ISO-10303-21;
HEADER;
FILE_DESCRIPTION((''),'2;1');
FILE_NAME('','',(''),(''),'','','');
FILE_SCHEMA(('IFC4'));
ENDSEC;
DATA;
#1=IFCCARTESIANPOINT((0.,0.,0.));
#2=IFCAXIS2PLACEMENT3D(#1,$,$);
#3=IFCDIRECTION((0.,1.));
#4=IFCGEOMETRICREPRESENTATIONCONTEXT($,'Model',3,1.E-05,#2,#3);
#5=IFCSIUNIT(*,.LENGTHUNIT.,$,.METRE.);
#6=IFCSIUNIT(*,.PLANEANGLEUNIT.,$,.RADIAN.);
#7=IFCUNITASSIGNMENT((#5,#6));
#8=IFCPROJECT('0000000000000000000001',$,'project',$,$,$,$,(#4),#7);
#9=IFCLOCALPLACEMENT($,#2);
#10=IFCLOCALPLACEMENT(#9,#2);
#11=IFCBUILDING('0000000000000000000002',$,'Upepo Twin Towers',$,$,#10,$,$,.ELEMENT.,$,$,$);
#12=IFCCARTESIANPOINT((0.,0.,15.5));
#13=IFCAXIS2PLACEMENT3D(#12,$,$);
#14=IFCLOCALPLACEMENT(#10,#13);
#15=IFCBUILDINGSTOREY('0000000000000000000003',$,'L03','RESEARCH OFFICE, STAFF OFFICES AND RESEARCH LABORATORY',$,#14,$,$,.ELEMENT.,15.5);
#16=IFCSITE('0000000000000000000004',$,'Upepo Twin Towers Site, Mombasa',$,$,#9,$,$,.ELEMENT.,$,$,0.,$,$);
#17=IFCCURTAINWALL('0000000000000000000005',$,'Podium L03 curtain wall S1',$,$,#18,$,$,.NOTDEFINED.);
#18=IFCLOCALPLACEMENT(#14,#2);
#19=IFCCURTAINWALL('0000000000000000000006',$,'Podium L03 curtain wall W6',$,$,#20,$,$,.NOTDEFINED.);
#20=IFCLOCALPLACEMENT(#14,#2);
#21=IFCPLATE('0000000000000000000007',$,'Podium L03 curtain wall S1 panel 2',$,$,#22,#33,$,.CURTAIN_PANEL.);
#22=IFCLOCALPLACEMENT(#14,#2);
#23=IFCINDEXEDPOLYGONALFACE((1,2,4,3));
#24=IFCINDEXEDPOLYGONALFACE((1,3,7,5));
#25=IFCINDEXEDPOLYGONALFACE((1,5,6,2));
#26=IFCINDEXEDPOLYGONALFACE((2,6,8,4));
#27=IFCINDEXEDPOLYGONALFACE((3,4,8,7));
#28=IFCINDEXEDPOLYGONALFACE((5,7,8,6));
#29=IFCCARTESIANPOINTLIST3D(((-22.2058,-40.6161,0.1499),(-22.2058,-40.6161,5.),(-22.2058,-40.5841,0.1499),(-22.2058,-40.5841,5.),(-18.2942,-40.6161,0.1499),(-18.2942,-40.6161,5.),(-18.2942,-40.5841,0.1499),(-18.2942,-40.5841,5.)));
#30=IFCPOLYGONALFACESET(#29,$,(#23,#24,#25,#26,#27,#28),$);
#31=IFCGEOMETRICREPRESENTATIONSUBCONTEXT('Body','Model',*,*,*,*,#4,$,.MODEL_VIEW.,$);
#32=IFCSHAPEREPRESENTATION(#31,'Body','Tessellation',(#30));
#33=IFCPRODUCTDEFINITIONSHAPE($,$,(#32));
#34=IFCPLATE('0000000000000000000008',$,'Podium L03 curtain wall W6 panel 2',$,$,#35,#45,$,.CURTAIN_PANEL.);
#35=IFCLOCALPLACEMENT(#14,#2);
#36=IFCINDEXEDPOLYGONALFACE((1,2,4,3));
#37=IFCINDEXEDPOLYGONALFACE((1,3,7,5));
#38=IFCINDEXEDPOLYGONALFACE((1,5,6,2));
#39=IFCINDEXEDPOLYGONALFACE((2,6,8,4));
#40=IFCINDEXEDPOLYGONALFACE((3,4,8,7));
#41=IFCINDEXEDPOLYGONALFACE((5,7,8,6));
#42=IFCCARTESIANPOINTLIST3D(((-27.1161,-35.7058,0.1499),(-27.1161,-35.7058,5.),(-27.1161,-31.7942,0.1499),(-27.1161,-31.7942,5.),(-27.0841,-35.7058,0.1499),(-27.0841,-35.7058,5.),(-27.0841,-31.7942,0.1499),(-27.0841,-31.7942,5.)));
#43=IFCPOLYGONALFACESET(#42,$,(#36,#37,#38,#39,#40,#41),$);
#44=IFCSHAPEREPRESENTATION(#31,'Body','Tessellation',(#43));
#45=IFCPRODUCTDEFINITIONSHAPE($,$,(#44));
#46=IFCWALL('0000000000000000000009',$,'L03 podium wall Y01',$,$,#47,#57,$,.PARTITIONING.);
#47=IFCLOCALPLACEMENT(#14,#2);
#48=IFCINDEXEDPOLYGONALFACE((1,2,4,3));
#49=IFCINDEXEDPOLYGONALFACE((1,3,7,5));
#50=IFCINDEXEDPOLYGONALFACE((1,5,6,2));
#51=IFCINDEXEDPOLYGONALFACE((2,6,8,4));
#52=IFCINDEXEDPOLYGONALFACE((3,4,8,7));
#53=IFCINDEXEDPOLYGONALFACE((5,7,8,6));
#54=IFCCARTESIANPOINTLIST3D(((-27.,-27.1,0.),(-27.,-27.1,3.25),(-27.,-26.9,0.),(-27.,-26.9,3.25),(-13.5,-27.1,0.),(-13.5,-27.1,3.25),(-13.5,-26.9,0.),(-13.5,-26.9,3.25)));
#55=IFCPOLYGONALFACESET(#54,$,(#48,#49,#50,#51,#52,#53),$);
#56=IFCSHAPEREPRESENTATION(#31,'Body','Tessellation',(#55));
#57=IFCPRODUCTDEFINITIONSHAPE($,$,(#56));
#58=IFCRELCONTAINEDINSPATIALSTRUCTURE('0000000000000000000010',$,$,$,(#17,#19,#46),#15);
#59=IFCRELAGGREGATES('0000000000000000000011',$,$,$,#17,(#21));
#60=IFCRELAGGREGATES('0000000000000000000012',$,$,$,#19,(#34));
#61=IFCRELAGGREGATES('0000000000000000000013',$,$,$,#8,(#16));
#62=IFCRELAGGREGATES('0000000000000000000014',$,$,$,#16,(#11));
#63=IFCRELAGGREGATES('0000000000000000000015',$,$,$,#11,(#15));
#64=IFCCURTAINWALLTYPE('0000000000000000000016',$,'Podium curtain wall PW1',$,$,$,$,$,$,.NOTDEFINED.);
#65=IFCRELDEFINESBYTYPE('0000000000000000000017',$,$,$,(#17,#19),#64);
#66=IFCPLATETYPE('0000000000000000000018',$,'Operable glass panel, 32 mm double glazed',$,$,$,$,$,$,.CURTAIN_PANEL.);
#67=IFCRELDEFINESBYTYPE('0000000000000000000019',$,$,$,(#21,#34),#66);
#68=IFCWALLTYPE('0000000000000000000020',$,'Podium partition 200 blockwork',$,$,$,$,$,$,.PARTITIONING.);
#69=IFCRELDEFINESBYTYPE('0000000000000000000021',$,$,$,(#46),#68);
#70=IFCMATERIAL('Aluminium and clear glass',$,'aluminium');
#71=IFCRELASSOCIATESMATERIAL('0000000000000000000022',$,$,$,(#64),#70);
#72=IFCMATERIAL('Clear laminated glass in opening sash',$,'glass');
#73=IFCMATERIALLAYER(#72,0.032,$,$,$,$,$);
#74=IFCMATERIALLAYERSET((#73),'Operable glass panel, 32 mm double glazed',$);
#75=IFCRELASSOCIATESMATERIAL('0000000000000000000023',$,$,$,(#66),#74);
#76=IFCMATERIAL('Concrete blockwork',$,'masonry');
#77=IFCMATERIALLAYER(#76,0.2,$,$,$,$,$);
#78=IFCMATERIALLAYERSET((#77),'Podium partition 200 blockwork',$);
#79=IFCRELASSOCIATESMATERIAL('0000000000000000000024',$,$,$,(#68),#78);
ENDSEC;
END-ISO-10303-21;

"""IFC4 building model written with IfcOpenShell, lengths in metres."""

from ifc_helpers import new_model, si_unit, direction, frame, frame_2d, origin, origin_2d, place, context, subcontext, project, spatial, rectangle, extrude, material, layer, layer_set, type_object, element, aggregate, save


model = new_model("IFC4")

# Units and contexts
model_context = context("Model", 3, precision=1e-05, world=origin(), true_north=direction((0.0, 1.0)))
body_context = subcontext(model_context, "Body", "Model", "MODEL_VIEW")
ifc_project = project(units=[si_unit("LENGTHUNIT", "METRE"), si_unit("PLANEANGLEUNIT", "RADIAN")], contexts=[model_context])

# Site, building, storey
site_placement = place(None, origin())
site = spatial("IfcSite", under=ifc_project, at=site_placement, Name="Upepo Twin Towers Site, Mombasa", CompositionType="ELEMENT", RefElevation=0.0)
building_placement = place(site_placement, origin())
building = spatial("IfcBuilding", under=site, at=building_placement, Name="Upepo Twin Towers", CompositionType="ELEMENT")
storey_placement = place(building_placement, frame((0.0, 0.0, 15.5)))
storey = spatial("IfcBuildingStorey", under=building, at=storey_placement, Name="L03", Description="RESEARCH OFFICE, STAFF OFFICES AND RESEARCH LABORATORY", CompositionType="ELEMENT", Elevation=15.5)

# Curtain wall
ifc_material_1 = material(Name="Aluminium and clear glass", Category="aluminium")
curtain_wall_type = type_object("IfcCurtainWallType", Name="Podium curtain wall PW1", PredefinedType="NOTDEFINED", material=ifc_material_1)
curtain_wall_1_placement = place(storey_placement, origin())
curtain_wall_1 = element("IfcCurtainWall", 1, at=curtain_wall_1_placement, inside=storey, type_object=curtain_wall_type, Name="Podium L03 curtain wall S1", PredefinedType="NOTDEFINED")

# Curtain wall
curtain_wall_2_placement = place(storey_placement, origin())
curtain_wall_2 = element("IfcCurtainWall", 2, at=curtain_wall_2_placement, inside=storey, type_object=curtain_wall_type, Name="Podium L03 curtain wall W6", PredefinedType="NOTDEFINED")

# Plates
ifc_material_2 = material(Name="Clear laminated glass in opening sash", Category="glass")
ifc_layer_1 = layer(ifc_material_2, 0.032)
ifc_layer_set_1 = layer_set([ifc_layer_1], Name="Operable glass panel, 32 mm double glazed")
plate_type_1 = type_object("IfcPlateType", Name="Operable glass panel, 32 mm double glazed", PredefinedType="CURTAIN_PANEL", material=ifc_layer_set_1)
plate_1_placement = place(storey_placement, frame((-20.25, -40.6001, 0.1499), z_axis=(0.0, 0.0, 1.0), x_axis=(1.0, 0.0, 0.0)))
plate_1 = element("IfcPlate", 3, at=plate_1_placement, type_object=plate_type_1, Name="Podium L03 curtain wall S1 panel 2", PredefinedType="CURTAIN_PANEL", context=body_context, shape_type="SweptSolid", body=[
    extrude(rectangle(XDim=3.9116, YDim=0.032, at=origin_2d()), origin(), (0.0, 0.0, 1.0), 4.8501),
])
aggregate(curtain_wall_1, [plate_1])
plate_2_placement = place(storey_placement, frame((-27.1001, -33.75, 0.1499), z_axis=(0.0, 0.0, 1.0), x_axis=(0.0, -1.0, 0.0)))
plate_2 = element("IfcPlate", 4, at=plate_2_placement, type_object=plate_type_1, Name="Podium L03 curtain wall W6 panel 2", PredefinedType="CURTAIN_PANEL", context=body_context, shape_type="SweptSolid", body=[
    extrude(rectangle(XDim=3.9116, YDim=0.032, at=origin_2d()), origin(), (0.0, 0.0, 1.0), 4.8501),
])
aggregate(curtain_wall_2, [plate_2])

# Wall
ifc_material_3 = material(Name="Concrete blockwork", Category="masonry")
ifc_layer_2 = layer(ifc_material_3, 0.2)
ifc_layer_set_2 = layer_set([ifc_layer_2], Name="Podium partition 200 blockwork")
wall_type = type_object("IfcWallType", Name="Podium partition 200 blockwork", PredefinedType="PARTITIONING", material=ifc_layer_set_2)
wall_placement = place(storey_placement, frame((-27.0, -27.0, 0.0), z_axis=(0.0, 0.0, 1.0), x_axis=(1.0, 0.0, 0.0)))
element("IfcWall", 5, at=wall_placement, inside=storey, type_object=wall_type, Name="L03 podium wall Y01", PredefinedType="PARTITIONING", context=body_context, shape_type="SweptSolid", body=[
    extrude(rectangle(XDim=13.5, YDim=0.2, at=frame_2d((6.75, 0.0))), origin(), (0.0, 0.0, 1.0), 3.25),
])

save(model, "model.ifc")
